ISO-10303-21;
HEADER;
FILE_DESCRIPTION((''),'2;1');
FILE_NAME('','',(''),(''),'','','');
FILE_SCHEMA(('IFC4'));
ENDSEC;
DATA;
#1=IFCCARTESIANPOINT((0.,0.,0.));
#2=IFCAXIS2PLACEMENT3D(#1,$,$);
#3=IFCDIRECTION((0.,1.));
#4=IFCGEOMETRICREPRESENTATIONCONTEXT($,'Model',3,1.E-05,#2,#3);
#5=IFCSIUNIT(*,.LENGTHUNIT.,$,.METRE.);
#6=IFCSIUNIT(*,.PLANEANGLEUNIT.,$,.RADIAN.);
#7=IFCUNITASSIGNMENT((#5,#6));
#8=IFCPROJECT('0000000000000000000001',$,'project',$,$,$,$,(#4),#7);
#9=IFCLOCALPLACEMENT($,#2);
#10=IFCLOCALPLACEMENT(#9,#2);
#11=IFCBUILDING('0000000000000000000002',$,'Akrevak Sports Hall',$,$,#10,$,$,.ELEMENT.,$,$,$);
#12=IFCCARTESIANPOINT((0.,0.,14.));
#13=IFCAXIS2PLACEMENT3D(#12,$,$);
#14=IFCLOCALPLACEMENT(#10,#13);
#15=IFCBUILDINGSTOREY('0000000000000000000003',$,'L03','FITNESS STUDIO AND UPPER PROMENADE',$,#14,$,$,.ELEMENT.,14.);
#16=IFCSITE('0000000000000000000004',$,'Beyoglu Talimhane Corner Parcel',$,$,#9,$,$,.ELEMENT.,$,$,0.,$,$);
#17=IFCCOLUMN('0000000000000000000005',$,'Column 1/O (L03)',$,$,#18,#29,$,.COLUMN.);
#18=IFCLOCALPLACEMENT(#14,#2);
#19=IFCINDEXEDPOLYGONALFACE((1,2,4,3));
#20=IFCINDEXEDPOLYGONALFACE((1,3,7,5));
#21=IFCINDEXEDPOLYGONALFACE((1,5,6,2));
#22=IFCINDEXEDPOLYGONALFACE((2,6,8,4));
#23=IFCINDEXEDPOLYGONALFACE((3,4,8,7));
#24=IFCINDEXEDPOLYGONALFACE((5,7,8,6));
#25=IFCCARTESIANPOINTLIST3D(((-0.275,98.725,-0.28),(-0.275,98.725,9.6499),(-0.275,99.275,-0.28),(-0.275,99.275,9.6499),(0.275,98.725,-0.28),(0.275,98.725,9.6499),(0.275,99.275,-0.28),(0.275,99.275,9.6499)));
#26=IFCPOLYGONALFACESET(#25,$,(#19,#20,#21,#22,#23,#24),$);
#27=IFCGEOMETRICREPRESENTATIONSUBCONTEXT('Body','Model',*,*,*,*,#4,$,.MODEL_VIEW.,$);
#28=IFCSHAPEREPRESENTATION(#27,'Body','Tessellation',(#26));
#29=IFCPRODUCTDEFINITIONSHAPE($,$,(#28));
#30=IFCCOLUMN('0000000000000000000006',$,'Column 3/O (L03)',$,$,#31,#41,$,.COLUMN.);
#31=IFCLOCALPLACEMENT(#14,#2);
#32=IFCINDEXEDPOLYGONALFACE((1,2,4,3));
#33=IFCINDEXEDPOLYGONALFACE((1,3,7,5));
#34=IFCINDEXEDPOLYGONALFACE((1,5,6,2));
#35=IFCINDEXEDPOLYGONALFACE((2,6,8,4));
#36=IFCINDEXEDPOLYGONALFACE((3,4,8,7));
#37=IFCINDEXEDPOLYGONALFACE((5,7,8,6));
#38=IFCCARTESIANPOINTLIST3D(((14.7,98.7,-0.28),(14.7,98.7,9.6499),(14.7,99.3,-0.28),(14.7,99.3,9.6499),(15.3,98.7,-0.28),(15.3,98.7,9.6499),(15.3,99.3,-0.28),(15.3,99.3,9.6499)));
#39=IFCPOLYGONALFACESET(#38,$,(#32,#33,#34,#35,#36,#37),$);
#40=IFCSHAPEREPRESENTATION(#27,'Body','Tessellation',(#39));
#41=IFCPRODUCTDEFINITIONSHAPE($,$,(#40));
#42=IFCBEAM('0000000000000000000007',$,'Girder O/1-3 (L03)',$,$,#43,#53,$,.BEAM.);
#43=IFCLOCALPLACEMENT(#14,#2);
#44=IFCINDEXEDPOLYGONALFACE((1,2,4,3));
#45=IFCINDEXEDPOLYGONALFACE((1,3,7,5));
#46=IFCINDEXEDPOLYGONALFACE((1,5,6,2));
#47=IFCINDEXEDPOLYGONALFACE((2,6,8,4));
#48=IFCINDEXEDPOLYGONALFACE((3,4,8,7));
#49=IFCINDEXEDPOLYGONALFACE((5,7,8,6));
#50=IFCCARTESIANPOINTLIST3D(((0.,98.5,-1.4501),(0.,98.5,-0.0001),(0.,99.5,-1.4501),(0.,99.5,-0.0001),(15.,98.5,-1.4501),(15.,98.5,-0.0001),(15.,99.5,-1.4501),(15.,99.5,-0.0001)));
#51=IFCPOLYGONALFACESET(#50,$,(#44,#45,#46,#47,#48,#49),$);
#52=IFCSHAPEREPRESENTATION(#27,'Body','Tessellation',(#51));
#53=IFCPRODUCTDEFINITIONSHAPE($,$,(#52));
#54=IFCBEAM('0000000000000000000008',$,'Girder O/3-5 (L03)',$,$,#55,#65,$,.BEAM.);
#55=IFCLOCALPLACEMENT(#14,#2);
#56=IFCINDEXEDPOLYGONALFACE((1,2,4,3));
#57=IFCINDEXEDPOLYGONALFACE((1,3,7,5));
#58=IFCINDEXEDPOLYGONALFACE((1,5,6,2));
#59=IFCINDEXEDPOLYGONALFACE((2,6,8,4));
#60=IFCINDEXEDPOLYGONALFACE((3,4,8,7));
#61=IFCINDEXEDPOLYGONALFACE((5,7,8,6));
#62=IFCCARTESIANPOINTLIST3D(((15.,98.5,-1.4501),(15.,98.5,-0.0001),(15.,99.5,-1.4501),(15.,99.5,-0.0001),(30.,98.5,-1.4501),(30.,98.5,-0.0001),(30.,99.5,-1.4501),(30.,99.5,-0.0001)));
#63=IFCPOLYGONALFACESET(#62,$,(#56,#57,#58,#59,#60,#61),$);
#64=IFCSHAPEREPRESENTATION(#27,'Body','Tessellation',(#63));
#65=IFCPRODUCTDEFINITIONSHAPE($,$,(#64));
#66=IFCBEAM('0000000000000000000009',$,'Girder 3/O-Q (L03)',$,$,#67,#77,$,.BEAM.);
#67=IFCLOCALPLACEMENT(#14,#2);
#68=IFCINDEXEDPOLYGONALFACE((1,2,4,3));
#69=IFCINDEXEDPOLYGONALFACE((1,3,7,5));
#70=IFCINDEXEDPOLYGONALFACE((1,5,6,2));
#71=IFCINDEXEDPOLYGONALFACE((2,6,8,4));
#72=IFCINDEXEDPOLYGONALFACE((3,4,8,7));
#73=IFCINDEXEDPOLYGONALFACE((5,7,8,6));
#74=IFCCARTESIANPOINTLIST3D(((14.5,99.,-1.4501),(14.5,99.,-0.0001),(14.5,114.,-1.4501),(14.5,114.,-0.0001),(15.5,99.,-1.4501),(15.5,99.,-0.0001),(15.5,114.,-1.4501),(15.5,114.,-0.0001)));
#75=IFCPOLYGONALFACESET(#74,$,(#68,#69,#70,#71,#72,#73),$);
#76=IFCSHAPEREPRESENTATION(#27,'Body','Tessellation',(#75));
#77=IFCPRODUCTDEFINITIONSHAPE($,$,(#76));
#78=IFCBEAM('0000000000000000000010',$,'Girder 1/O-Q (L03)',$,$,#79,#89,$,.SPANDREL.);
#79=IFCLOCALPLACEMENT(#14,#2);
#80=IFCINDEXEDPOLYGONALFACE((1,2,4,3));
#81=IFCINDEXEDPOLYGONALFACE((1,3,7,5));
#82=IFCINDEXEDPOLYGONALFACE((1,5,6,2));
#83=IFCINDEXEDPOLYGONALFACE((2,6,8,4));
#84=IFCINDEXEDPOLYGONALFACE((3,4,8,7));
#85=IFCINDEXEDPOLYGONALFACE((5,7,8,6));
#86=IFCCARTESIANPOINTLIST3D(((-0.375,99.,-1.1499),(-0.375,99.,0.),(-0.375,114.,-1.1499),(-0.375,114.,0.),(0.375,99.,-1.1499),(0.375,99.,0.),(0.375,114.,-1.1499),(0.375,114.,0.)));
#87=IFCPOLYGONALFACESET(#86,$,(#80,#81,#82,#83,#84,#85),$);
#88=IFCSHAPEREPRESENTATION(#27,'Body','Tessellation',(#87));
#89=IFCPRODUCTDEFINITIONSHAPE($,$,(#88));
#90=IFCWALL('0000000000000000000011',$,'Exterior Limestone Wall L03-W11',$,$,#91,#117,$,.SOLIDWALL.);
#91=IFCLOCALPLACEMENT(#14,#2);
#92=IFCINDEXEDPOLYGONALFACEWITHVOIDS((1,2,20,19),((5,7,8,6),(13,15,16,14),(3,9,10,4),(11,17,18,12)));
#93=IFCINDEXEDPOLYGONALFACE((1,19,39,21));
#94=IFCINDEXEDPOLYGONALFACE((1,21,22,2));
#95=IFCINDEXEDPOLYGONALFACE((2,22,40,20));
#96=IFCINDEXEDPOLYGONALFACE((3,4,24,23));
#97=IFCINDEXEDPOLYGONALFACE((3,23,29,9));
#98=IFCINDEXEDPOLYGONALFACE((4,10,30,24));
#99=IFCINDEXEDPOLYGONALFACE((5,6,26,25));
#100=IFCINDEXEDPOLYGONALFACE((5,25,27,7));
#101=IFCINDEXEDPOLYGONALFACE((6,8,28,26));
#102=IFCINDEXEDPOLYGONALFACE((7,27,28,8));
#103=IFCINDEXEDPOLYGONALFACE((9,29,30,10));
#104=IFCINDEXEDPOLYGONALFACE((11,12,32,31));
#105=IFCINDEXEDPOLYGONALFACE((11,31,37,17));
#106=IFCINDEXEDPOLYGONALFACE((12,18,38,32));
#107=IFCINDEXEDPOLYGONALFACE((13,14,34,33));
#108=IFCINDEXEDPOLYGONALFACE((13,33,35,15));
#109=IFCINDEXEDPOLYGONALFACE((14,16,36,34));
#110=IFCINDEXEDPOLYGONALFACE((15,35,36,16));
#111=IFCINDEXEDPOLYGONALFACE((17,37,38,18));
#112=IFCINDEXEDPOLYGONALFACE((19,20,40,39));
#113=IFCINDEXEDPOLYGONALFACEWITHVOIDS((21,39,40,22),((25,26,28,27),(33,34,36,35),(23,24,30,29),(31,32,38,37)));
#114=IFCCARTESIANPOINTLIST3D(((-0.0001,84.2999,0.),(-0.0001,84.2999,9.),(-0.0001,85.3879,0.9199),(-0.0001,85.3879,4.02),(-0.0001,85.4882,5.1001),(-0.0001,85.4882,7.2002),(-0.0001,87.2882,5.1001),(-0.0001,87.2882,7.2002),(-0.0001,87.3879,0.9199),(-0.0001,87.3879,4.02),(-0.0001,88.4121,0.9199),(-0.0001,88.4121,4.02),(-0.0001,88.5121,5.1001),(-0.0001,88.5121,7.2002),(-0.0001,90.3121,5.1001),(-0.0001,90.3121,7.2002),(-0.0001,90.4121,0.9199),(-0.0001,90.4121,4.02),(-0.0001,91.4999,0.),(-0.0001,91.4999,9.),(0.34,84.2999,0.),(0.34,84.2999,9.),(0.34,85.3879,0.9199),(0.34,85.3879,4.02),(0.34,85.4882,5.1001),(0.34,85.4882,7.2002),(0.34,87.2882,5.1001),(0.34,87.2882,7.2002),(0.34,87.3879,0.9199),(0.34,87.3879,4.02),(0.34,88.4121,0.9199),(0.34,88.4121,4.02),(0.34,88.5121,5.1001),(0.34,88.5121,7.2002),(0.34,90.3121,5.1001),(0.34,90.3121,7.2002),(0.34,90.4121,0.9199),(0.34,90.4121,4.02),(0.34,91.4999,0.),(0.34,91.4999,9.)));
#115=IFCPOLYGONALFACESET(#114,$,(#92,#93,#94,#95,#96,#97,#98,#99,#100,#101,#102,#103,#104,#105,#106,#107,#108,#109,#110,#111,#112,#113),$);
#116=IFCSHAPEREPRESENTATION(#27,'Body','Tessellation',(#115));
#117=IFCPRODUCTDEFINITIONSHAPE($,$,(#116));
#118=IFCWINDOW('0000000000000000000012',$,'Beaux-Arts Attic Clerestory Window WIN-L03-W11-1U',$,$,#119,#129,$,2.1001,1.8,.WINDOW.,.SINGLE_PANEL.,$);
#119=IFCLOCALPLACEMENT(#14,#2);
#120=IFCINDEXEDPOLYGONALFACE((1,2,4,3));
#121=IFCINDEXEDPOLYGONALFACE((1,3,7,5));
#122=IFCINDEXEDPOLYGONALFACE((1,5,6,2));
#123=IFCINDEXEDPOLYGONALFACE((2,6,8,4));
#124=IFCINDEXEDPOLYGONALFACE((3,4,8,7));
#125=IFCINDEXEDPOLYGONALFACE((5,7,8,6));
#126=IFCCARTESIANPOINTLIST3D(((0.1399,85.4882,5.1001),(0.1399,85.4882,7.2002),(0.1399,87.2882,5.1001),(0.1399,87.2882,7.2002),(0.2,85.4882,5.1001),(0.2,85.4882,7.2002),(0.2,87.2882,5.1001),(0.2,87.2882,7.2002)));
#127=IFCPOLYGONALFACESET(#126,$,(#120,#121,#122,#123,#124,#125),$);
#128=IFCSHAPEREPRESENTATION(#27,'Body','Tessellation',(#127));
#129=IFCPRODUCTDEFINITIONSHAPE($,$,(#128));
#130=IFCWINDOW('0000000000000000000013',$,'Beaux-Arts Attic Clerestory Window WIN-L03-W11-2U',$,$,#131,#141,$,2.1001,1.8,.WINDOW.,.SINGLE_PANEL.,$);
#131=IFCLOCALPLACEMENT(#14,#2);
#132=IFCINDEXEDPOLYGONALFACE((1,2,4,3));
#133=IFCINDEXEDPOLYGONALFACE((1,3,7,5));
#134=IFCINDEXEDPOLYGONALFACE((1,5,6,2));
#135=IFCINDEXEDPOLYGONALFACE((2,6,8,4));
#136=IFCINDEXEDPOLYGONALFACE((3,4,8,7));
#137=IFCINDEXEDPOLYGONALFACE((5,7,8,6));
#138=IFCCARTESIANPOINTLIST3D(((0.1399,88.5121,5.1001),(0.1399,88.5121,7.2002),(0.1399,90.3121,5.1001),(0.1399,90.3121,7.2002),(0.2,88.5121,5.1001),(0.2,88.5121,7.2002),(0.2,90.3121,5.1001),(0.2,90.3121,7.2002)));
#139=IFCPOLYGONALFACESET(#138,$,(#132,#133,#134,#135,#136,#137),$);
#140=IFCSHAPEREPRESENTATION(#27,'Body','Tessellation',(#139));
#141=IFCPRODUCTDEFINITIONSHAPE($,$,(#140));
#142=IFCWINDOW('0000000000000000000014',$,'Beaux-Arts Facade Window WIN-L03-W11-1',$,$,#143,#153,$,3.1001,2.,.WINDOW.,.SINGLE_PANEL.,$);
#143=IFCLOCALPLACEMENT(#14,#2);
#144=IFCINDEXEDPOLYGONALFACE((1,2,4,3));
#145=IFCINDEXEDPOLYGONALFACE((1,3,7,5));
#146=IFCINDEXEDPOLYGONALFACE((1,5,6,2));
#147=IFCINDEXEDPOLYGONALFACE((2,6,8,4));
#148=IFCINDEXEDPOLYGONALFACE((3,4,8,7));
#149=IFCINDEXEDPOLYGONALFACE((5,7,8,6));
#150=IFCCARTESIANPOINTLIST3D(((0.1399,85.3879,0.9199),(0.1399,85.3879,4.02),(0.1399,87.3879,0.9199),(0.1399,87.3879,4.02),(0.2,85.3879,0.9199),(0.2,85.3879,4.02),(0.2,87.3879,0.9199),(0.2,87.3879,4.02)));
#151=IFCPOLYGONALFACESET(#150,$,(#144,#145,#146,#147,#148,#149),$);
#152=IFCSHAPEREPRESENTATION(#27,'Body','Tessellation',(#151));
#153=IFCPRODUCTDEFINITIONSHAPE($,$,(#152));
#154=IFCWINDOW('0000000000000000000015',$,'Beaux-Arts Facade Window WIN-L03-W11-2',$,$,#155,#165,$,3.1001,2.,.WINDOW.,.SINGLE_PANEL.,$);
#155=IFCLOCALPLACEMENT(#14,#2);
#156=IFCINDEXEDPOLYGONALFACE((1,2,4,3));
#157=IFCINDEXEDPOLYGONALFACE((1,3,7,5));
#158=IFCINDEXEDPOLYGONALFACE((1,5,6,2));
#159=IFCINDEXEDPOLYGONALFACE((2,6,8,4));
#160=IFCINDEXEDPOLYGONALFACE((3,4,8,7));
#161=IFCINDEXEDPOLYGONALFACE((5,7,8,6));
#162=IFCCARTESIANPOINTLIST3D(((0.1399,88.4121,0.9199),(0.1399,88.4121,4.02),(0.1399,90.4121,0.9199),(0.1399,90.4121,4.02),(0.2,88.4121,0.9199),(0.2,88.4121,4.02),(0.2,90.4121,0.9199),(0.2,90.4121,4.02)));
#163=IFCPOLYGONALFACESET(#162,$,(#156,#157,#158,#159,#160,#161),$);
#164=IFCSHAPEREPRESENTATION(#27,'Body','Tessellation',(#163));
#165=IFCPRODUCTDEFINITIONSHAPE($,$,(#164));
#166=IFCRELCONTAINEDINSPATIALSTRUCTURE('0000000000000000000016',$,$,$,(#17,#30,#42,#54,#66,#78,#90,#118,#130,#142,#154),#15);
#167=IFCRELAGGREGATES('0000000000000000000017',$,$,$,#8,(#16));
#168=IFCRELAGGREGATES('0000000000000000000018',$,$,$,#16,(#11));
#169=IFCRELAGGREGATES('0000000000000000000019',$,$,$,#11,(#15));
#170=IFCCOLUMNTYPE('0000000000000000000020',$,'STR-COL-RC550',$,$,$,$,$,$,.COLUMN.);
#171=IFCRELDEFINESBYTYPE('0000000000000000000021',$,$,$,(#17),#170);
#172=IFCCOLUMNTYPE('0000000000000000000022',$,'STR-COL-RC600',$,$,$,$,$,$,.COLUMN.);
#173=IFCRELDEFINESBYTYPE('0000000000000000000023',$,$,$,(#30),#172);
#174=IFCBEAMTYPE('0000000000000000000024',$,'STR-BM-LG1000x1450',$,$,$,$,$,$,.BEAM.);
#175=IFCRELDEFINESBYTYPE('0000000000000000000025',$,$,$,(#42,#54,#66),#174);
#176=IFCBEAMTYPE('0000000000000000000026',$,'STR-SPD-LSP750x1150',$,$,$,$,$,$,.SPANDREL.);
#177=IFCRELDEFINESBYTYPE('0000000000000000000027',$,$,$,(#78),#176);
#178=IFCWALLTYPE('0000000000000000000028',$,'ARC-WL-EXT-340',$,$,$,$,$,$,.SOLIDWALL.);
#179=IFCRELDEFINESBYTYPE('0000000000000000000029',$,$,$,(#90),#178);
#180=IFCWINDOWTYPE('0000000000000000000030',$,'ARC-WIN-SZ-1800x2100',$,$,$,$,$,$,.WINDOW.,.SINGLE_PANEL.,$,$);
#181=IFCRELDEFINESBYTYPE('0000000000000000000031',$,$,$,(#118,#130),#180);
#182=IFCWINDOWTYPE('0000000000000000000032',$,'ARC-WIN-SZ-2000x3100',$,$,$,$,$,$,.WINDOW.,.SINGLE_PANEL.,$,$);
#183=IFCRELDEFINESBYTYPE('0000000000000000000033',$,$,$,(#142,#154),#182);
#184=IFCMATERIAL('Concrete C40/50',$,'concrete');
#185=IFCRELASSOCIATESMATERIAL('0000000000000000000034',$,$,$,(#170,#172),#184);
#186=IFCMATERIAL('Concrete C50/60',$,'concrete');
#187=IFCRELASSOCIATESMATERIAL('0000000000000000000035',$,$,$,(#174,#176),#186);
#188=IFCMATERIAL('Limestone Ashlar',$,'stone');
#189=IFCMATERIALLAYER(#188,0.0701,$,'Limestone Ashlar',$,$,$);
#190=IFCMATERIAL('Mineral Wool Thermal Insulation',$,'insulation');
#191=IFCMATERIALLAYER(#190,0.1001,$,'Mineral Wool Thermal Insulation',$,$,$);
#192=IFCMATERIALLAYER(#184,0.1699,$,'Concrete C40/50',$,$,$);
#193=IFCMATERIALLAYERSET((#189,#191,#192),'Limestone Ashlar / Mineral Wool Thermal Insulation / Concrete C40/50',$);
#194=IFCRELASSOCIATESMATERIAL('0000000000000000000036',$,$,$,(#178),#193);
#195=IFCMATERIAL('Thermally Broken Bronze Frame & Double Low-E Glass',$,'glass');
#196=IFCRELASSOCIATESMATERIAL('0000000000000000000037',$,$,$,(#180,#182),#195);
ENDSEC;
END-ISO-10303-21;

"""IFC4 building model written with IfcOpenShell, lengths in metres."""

from ifc_helpers import new_model, si_unit, direction, frame, frame_2d, origin, origin_2d, place, context, subcontext, project, spatial, rectangle, extrude, material, layer, layer_set, material_profile, profile_set, type_object, element, fill, save


model = new_model("IFC4")

# Units and contexts
model_context = context("Model", 3, precision=1e-05, world=origin(), true_north=direction((0.0, 1.0)))
body_context = subcontext(model_context, "Body", "Model", "MODEL_VIEW")
ifc_project = project(units=[si_unit("LENGTHUNIT", "METRE"), si_unit("PLANEANGLEUNIT", "RADIAN")], contexts=[model_context])

# Site, building, storey
site_placement = place(None, origin())
site = spatial("IfcSite", under=ifc_project, at=site_placement, Name="Beyoglu Talimhane Corner Parcel", CompositionType="ELEMENT", RefElevation=0.0)
building_placement = place(site_placement, origin())
building = spatial("IfcBuilding", under=site, at=building_placement, Name="Akrevak Sports Hall", CompositionType="ELEMENT")
storey_placement = place(building_placement, frame((0.0, 0.0, 14.0)))
storey = spatial("IfcBuildingStorey", under=building, at=storey_placement, Name="L03", Description="FITNESS STUDIO AND UPPER PROMENADE", CompositionType="ELEMENT", Elevation=14.0)

# Columns
ifc_material_1 = material(Name="Concrete C40/50", Category="concrete")
ifc_material_profile_1 = material_profile(ifc_material_1, rectangle(XDim=0.55, YDim=0.55, at=origin_2d()), Name="RC 550x550", Category="concrete")
ifc_profile_set_1 = profile_set([ifc_material_profile_1], Name="Concrete C40/50")
column_type_1 = type_object("IfcColumnType", Name="STR-COL-RC550", PredefinedType="COLUMN", material=ifc_profile_set_1)
column_1_placement = place(storey_placement, frame((0.0, 99.0, -0.28), z_axis=(0.0, 0.0, 1.0), x_axis=(1.0, 0.0, 0.0)))
element("IfcColumn", 1, at=column_1_placement, inside=storey, type_object=column_type_1, Name="Column 1/O (L03)", PredefinedType="COLUMN", context=body_context, shape_type="SweptSolid", body=[
    extrude(rectangle(XDim=0.55, YDim=0.55, at=origin_2d()), origin(), (0.0, 0.0, 1.0), 9.9299),
])
ifc_material_profile_2 = material_profile(ifc_material_1, rectangle(XDim=0.6001, YDim=0.6001, at=origin_2d()), Name="RC 600x600", Category="concrete")
ifc_profile_set_2 = profile_set([ifc_material_profile_2], Name="Concrete C40/50")
column_type_2 = type_object("IfcColumnType", Name="STR-COL-RC600", PredefinedType="COLUMN", material=ifc_profile_set_2)
column_2_placement = place(storey_placement, frame((15.0, 99.0, -0.28), z_axis=(0.0, 0.0, 1.0), x_axis=(1.0, 0.0, 0.0)))
element("IfcColumn", 2, at=column_2_placement, inside=storey, type_object=column_type_2, Name="Column 3/O (L03)", PredefinedType="COLUMN", context=body_context, shape_type="SweptSolid", body=[
    extrude(rectangle(XDim=0.6001, YDim=0.6001, at=origin_2d()), origin(), (0.0, 0.0, 1.0), 9.9299),
])

# Beams
ifc_material_2 = material(Name="Concrete C50/60", Category="concrete")
ifc_material_profile_3 = material_profile(ifc_material_2, rectangle(XDim=1.0, YDim=1.45, at=origin_2d()), Name="BM 1000x1450", Category="concrete")
ifc_profile_set_3 = profile_set([ifc_material_profile_3], Name="Concrete C50/60")
beam_type_1 = type_object("IfcBeamType", Name="STR-BM-LG1000x1450", PredefinedType="BEAM", material=ifc_profile_set_3)
for number, where, z_axis, x_axis, name in (
    (3, (0.0, 99.0, -0.7251), (1.0, 0.0, 0.0), (0.0, 1.0, 0.0), "Girder O/1-3 (L03)"),
    (4, (15.0, 99.0, -0.7251), (1.0, 0.0, 0.0), (0.0, 1.0, 0.0), "Girder O/3-5 (L03)"),
    (5, (15.0, 99.0, -0.7251), (0.0, 1.0, 0.0), (-1.0, 0.0, 0.0), "Girder 3/O-Q (L03)"),
):
    element("IfcBeam", number, at=place(storey_placement, frame(where, z_axis=z_axis, x_axis=x_axis)), inside=storey, type_object=beam_type_1, Name=name, PredefinedType="BEAM", context=body_context, shape_type="SweptSolid", body=[
        extrude(rectangle(XDim=1.0, YDim=1.45, at=origin_2d()), origin(), (0.0, 0.0, 1.0), 15.0),
    ])
ifc_material_profile_4 = material_profile(ifc_material_2, rectangle(XDim=0.75, YDim=1.1499, at=origin_2d()), Name="SPD 750x1150", Category="concrete")
ifc_profile_set_4 = profile_set([ifc_material_profile_4], Name="Concrete C50/60")
beam_type_2 = type_object("IfcBeamType", Name="STR-SPD-LSP750x1150", PredefinedType="SPANDREL", material=ifc_profile_set_4)
beam_placement = place(storey_placement, frame((0.0, 99.0, -0.575), z_axis=(0.0, 1.0, 0.0), x_axis=(-1.0, 0.0, 0.0)))
element("IfcBeam", 6, at=beam_placement, inside=storey, type_object=beam_type_2, Name="Girder 1/O-Q (L03)", PredefinedType="SPANDREL", context=body_context, shape_type="SweptSolid", body=[
    extrude(rectangle(XDim=0.75, YDim=1.1499, at=origin_2d()), origin(), (0.0, 0.0, 1.0), 15.0),
])

# Wall, openings, windows
ifc_material_3 = material(Name="Limestone Ashlar", Category="stone")
ifc_layer_1 = layer(ifc_material_3, 0.0701, Name="Limestone Ashlar")
ifc_material_4 = material(Name="Mineral Wool Thermal Insulation", Category="insulation")
ifc_layer_2 = layer(ifc_material_4, 0.1001, Name="Mineral Wool Thermal Insulation")
ifc_layer_3 = layer(ifc_material_1, 0.1699, Name="Concrete C40/50")
ifc_layer_set_1 = layer_set([ifc_layer_1, ifc_layer_2, ifc_layer_3], Name="Limestone Ashlar / Mineral Wool Thermal Insulation / Concrete C40/50")
wall_type = type_object("IfcWallType", Name="ARC-WL-EXT-340", PredefinedType="SOLIDWALL", material=ifc_layer_set_1)
wall_1_placement = place(storey_placement, frame((0.1699, 91.5, 0.0), z_axis=(0.0, 0.0, 1.0), x_axis=(0.0, -1.0, 0.0)))
wall_1 = element("IfcWall", 7, at=wall_1_placement, inside=storey, type_object=wall_type, Name="Exterior Limestone Wall L03-W11", PredefinedType="SOLIDWALL", context=body_context, shape_type="SweptSolid", body=[
    extrude(rectangle(XDim=7.2, YDim=0.3401, at=frame_2d((3.6001, 0.0))), origin(), (0.0, 0.0, 1.0), 9.0),
])
opening_1_placement = place(wall_1_placement, frame((4.1121, 0.0, 0.9199)))
opening_1 = element("IfcOpeningElement", 8, at=opening_1_placement, cuts=wall_1, PredefinedType="OPENING", context=body_context, shape_type="SweptSolid", body=[
    extrude(rectangle(XDim=2.0, YDim=3.1001, at=frame_2d((1.0, 1.55))), frame((0.0, 0.1821, 0.0), z_axis=(0.0, -1.0, 0.0), x_axis=(1.0, 0.0, 0.0)), (0.0, 0.0, 1.0), 0.364),
])
opening_2_placement = place(wall_1_placement, frame((4.2119, 0.0, 5.1001)))
opening_2 = element("IfcOpeningElement", 9, at=opening_2_placement, cuts=wall_1, PredefinedType="OPENING", context=body_context, shape_type="SweptSolid", body=[
    extrude(rectangle(XDim=1.8, YDim=2.1001, at=frame_2d((0.8999, 1.05))), frame((0.0, 0.1821, 0.0), z_axis=(0.0, -1.0, 0.0), x_axis=(1.0, 0.0, 0.0)), (0.0, 0.0, 1.0), 0.364),
])
opening_3_placement = place(wall_1_placement, frame((1.0879, 0.0, 0.9199)))
opening_3 = element("IfcOpeningElement", 10, at=opening_3_placement, cuts=wall_1, PredefinedType="OPENING", context=body_context, shape_type="SweptSolid", body=[
    extrude(rectangle(XDim=2.0, YDim=3.1001, at=frame_2d((1.0, 1.55))), frame((0.0, 0.1821, 0.0), z_axis=(0.0, -1.0, 0.0), x_axis=(1.0, 0.0, 0.0)), (0.0, 0.0, 1.0), 0.364),
])
opening_4_placement = place(wall_1_placement, frame((1.188, 0.0, 5.1001)))
opening_4 = element("IfcOpeningElement", 11, at=opening_4_placement, cuts=wall_1, PredefinedType="OPENING", context=body_context, shape_type="SweptSolid", body=[
    extrude(rectangle(XDim=1.8, YDim=2.1001, at=frame_2d((0.8999, 1.05))), frame((0.0, 0.1821, 0.0), z_axis=(0.0, -1.0, 0.0), x_axis=(1.0, 0.0, 0.0)), (0.0, 0.0, 1.0), 0.364),
])
ifc_material_5 = material(Name="Thermally Broken Bronze Frame & Double Low-E Glass", Category="glass")
window_type_1 = type_object("IfcWindowType", Name="ARC-WIN-SZ-1800x2100", PartitioningType="SINGLE_PANEL", PredefinedType="WINDOW", material=ifc_material_5)
window_1_placement = place(opening_2_placement, origin())
window_1 = element("IfcWindow", 12, at=window_1_placement, inside=storey, type_object=window_type_1, Name="Beaux-Arts Attic Clerestory Window WIN-L03-W11-1U", OverallHeight=2.1001, OverallWidth=1.8, PartitioningType="SINGLE_PANEL", PredefinedType="WINDOW", context=body_context, shape_type="SweptSolid", body=[
    extrude(rectangle(XDim=1.8, YDim=2.1001, at=frame_2d((0.8999, 1.05))), frame((0.0, 0.03, 0.0), z_axis=(0.0, -1.0, 0.0), x_axis=(1.0, 0.0, 0.0)), (0.0, 0.0, 1.0), 0.0601),
])
fill(opening_2, window_1)
window_2_placement = place(opening_4_placement, origin())
window_2 = element("IfcWindow", 13, at=window_2_placement, inside=storey, type_object=window_type_1, Name="Beaux-Arts Attic Clerestory Window WIN-L03-W11-2U", OverallHeight=2.1001, OverallWidth=1.8, PartitioningType="SINGLE_PANEL", PredefinedType="WINDOW", context=body_context, shape_type="SweptSolid", body=[
    extrude(rectangle(XDim=1.8, YDim=2.1001, at=frame_2d((0.8999, 1.05))), frame((0.0, 0.03, 0.0), z_axis=(0.0, -1.0, 0.0), x_axis=(1.0, 0.0, 0.0)), (0.0, 0.0, 1.0), 0.0601),
])
fill(opening_4, window_2)
window_type_2 = type_object("IfcWindowType", Name="ARC-WIN-SZ-2000x3100", PartitioningType="SINGLE_PANEL", PredefinedType="WINDOW", material=ifc_material_5)
window_3_placement = place(opening_1_placement, origin())
window_3 = element("IfcWindow", 14, at=window_3_placement, inside=storey, type_object=window_type_2, Name="Beaux-Arts Facade Window WIN-L03-W11-1", OverallHeight=3.1001, OverallWidth=2.0, PartitioningType="SINGLE_PANEL", PredefinedType="WINDOW", context=body_context, shape_type="SweptSolid", body=[
    extrude(rectangle(XDim=2.0, YDim=3.1001, at=frame_2d((1.0, 1.55))), frame((0.0, 0.03, 0.0), z_axis=(0.0, -1.0, 0.0), x_axis=(1.0, 0.0, 0.0)), (0.0, 0.0, 1.0), 0.0601),
])
fill(opening_1, window_3)
window_4_placement = place(opening_3_placement, origin())
window_4 = element("IfcWindow", 15, at=window_4_placement, inside=storey, type_object=window_type_2, Name="Beaux-Arts Facade Window WIN-L03-W11-2", OverallHeight=3.1001, OverallWidth=2.0, PartitioningType="SINGLE_PANEL", PredefinedType="WINDOW", context=body_context, shape_type="SweptSolid", body=[
    extrude(rectangle(XDim=2.0, YDim=3.1001, at=frame_2d((1.0, 1.55))), frame((0.0, 0.03, 0.0), z_axis=(0.0, -1.0, 0.0), x_axis=(1.0, 0.0, 0.0)), (0.0, 0.0, 1.0), 0.0601),
])
fill(opening_3, window_4)

save(model, "model.ifc")
